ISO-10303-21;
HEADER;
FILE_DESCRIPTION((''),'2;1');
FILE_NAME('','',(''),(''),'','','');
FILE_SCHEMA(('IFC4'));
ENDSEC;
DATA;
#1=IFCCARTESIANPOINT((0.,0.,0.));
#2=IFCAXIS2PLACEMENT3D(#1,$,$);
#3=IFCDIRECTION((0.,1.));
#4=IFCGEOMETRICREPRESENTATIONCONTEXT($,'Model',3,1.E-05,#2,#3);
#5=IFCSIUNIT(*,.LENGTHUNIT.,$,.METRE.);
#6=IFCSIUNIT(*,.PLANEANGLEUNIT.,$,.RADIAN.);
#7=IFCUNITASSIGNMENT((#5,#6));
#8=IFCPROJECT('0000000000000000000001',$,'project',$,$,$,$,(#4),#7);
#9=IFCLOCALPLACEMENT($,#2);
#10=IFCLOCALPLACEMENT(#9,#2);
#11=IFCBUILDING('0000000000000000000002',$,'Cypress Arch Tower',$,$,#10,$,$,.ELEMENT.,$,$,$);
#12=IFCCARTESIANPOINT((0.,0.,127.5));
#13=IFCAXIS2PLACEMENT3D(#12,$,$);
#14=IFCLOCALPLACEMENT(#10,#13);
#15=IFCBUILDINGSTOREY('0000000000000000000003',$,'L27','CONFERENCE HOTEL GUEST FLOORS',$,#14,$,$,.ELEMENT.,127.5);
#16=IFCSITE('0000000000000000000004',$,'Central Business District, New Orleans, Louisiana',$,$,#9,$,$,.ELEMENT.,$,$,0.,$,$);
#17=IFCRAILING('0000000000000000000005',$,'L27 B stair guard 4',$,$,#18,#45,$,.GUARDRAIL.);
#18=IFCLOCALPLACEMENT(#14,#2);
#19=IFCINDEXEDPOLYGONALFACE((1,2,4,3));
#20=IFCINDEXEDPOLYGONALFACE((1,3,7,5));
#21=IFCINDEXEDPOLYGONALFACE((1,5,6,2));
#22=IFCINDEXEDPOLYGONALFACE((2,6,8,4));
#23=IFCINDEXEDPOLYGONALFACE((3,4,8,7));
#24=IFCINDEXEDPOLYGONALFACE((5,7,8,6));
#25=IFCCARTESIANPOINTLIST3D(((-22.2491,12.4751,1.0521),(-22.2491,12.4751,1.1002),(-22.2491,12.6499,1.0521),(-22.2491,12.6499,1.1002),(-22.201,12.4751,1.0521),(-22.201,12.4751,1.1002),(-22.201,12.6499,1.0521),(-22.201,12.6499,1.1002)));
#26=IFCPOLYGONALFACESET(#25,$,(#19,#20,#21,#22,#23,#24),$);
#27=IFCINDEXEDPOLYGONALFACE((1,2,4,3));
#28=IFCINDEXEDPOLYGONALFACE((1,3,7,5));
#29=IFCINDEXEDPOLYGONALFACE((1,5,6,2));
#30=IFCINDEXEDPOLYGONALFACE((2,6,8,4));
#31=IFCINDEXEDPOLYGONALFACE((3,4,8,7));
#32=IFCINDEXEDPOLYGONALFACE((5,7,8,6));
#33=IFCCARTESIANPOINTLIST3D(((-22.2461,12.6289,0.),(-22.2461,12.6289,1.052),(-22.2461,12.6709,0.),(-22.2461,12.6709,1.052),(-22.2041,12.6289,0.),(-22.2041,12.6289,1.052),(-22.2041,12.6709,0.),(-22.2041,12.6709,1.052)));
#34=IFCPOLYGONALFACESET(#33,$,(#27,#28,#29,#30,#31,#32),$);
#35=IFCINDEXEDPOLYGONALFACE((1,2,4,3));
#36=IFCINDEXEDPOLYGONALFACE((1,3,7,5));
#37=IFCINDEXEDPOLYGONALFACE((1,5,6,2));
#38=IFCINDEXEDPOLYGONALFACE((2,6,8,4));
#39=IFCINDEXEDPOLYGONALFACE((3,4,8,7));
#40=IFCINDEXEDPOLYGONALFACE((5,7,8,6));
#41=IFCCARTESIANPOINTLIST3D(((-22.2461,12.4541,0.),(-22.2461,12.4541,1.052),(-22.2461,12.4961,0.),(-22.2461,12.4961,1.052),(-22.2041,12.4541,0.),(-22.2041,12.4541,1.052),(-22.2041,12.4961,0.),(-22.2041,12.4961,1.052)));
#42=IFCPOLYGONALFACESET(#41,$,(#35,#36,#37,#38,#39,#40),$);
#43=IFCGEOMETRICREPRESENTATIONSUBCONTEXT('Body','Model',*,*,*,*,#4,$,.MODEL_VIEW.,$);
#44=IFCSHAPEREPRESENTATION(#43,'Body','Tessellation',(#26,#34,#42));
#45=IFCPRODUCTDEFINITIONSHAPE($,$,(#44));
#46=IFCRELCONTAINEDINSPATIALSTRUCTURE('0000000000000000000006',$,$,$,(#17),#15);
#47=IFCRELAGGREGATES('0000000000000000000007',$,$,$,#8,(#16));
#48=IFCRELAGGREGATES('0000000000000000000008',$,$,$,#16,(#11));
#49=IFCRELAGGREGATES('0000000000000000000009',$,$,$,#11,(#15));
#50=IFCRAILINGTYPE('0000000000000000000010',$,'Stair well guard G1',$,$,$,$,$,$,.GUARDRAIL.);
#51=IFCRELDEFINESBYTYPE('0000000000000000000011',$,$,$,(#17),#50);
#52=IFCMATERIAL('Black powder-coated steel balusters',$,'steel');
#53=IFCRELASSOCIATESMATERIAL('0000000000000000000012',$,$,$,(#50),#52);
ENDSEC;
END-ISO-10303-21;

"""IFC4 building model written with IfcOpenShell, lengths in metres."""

from ifc_helpers import new_model, si_unit, direction, frame, origin, origin_2d, place, context, subcontext, project, spatial, rectangle, extrude, material, type_object, element, save


model = new_model("IFC4")

# Units and contexts
model_context = context("Model", 3, precision=1e-05, world=origin(), true_north=direction((0.0, 1.0)))
body_context = subcontext(model_context, "Body", "Model", "MODEL_VIEW")
ifc_project = project(units=[si_unit("LENGTHUNIT", "METRE"), si_unit("PLANEANGLEUNIT", "RADIAN")], contexts=[model_context])

# Site, building, storey
site_placement = place(None, origin())
site = spatial("IfcSite", under=ifc_project, at=site_placement, Name="Central Business District, New Orleans, Louisiana", CompositionType="ELEMENT", RefElevation=0.0)
building_placement = place(site_placement, origin())
building = spatial("IfcBuilding", under=site, at=building_placement, Name="Cypress Arch Tower", CompositionType="ELEMENT")
storey_placement = place(building_placement, frame((0.0, 0.0, 127.5)))
storey = spatial("IfcBuildingStorey", under=building, at=storey_placement, Name="L27", Description="CONFERENCE HOTEL GUEST FLOORS", CompositionType="ELEMENT", Elevation=127.5)

# Railing
ifc_material_1 = material(Name="Black powder-coated steel balusters", Category="steel")
railing_type_1 = type_object("IfcRailingType", Name="Stair well guard G1", PredefinedType="GUARDRAIL", material=ifc_material_1)
railing_1_placement = place(storey_placement, frame((-22.2251, 12.6499, 0.0)))
element("IfcRailing", 1, at=railing_1_placement, inside=storey, type_object=railing_type_1, Name="L27 B stair guard 4", PredefinedType="GUARDRAIL", context=body_context, shape_type="SweptSolid", body=[
    extrude(rectangle(XDim=0.0481, YDim=0.0481, at=origin_2d()), frame((0.0, 0.0, 1.0762), z_axis=(0.0, -1.0, 0.0), x_axis=(1.0, 0.0, 0.0)), (0.0, 0.0, 1.0), 0.1748),
    extrude(rectangle(XDim=0.042, YDim=0.042, at=origin_2d()), origin(), (0.0, 0.0, 1.0), 1.052),
    extrude(rectangle(XDim=0.042, YDim=0.042, at=origin_2d()), frame((0.0, -0.1748, 0.0)), (0.0, 0.0, 1.0), 1.052),
])

save(model, "model.ifc")
